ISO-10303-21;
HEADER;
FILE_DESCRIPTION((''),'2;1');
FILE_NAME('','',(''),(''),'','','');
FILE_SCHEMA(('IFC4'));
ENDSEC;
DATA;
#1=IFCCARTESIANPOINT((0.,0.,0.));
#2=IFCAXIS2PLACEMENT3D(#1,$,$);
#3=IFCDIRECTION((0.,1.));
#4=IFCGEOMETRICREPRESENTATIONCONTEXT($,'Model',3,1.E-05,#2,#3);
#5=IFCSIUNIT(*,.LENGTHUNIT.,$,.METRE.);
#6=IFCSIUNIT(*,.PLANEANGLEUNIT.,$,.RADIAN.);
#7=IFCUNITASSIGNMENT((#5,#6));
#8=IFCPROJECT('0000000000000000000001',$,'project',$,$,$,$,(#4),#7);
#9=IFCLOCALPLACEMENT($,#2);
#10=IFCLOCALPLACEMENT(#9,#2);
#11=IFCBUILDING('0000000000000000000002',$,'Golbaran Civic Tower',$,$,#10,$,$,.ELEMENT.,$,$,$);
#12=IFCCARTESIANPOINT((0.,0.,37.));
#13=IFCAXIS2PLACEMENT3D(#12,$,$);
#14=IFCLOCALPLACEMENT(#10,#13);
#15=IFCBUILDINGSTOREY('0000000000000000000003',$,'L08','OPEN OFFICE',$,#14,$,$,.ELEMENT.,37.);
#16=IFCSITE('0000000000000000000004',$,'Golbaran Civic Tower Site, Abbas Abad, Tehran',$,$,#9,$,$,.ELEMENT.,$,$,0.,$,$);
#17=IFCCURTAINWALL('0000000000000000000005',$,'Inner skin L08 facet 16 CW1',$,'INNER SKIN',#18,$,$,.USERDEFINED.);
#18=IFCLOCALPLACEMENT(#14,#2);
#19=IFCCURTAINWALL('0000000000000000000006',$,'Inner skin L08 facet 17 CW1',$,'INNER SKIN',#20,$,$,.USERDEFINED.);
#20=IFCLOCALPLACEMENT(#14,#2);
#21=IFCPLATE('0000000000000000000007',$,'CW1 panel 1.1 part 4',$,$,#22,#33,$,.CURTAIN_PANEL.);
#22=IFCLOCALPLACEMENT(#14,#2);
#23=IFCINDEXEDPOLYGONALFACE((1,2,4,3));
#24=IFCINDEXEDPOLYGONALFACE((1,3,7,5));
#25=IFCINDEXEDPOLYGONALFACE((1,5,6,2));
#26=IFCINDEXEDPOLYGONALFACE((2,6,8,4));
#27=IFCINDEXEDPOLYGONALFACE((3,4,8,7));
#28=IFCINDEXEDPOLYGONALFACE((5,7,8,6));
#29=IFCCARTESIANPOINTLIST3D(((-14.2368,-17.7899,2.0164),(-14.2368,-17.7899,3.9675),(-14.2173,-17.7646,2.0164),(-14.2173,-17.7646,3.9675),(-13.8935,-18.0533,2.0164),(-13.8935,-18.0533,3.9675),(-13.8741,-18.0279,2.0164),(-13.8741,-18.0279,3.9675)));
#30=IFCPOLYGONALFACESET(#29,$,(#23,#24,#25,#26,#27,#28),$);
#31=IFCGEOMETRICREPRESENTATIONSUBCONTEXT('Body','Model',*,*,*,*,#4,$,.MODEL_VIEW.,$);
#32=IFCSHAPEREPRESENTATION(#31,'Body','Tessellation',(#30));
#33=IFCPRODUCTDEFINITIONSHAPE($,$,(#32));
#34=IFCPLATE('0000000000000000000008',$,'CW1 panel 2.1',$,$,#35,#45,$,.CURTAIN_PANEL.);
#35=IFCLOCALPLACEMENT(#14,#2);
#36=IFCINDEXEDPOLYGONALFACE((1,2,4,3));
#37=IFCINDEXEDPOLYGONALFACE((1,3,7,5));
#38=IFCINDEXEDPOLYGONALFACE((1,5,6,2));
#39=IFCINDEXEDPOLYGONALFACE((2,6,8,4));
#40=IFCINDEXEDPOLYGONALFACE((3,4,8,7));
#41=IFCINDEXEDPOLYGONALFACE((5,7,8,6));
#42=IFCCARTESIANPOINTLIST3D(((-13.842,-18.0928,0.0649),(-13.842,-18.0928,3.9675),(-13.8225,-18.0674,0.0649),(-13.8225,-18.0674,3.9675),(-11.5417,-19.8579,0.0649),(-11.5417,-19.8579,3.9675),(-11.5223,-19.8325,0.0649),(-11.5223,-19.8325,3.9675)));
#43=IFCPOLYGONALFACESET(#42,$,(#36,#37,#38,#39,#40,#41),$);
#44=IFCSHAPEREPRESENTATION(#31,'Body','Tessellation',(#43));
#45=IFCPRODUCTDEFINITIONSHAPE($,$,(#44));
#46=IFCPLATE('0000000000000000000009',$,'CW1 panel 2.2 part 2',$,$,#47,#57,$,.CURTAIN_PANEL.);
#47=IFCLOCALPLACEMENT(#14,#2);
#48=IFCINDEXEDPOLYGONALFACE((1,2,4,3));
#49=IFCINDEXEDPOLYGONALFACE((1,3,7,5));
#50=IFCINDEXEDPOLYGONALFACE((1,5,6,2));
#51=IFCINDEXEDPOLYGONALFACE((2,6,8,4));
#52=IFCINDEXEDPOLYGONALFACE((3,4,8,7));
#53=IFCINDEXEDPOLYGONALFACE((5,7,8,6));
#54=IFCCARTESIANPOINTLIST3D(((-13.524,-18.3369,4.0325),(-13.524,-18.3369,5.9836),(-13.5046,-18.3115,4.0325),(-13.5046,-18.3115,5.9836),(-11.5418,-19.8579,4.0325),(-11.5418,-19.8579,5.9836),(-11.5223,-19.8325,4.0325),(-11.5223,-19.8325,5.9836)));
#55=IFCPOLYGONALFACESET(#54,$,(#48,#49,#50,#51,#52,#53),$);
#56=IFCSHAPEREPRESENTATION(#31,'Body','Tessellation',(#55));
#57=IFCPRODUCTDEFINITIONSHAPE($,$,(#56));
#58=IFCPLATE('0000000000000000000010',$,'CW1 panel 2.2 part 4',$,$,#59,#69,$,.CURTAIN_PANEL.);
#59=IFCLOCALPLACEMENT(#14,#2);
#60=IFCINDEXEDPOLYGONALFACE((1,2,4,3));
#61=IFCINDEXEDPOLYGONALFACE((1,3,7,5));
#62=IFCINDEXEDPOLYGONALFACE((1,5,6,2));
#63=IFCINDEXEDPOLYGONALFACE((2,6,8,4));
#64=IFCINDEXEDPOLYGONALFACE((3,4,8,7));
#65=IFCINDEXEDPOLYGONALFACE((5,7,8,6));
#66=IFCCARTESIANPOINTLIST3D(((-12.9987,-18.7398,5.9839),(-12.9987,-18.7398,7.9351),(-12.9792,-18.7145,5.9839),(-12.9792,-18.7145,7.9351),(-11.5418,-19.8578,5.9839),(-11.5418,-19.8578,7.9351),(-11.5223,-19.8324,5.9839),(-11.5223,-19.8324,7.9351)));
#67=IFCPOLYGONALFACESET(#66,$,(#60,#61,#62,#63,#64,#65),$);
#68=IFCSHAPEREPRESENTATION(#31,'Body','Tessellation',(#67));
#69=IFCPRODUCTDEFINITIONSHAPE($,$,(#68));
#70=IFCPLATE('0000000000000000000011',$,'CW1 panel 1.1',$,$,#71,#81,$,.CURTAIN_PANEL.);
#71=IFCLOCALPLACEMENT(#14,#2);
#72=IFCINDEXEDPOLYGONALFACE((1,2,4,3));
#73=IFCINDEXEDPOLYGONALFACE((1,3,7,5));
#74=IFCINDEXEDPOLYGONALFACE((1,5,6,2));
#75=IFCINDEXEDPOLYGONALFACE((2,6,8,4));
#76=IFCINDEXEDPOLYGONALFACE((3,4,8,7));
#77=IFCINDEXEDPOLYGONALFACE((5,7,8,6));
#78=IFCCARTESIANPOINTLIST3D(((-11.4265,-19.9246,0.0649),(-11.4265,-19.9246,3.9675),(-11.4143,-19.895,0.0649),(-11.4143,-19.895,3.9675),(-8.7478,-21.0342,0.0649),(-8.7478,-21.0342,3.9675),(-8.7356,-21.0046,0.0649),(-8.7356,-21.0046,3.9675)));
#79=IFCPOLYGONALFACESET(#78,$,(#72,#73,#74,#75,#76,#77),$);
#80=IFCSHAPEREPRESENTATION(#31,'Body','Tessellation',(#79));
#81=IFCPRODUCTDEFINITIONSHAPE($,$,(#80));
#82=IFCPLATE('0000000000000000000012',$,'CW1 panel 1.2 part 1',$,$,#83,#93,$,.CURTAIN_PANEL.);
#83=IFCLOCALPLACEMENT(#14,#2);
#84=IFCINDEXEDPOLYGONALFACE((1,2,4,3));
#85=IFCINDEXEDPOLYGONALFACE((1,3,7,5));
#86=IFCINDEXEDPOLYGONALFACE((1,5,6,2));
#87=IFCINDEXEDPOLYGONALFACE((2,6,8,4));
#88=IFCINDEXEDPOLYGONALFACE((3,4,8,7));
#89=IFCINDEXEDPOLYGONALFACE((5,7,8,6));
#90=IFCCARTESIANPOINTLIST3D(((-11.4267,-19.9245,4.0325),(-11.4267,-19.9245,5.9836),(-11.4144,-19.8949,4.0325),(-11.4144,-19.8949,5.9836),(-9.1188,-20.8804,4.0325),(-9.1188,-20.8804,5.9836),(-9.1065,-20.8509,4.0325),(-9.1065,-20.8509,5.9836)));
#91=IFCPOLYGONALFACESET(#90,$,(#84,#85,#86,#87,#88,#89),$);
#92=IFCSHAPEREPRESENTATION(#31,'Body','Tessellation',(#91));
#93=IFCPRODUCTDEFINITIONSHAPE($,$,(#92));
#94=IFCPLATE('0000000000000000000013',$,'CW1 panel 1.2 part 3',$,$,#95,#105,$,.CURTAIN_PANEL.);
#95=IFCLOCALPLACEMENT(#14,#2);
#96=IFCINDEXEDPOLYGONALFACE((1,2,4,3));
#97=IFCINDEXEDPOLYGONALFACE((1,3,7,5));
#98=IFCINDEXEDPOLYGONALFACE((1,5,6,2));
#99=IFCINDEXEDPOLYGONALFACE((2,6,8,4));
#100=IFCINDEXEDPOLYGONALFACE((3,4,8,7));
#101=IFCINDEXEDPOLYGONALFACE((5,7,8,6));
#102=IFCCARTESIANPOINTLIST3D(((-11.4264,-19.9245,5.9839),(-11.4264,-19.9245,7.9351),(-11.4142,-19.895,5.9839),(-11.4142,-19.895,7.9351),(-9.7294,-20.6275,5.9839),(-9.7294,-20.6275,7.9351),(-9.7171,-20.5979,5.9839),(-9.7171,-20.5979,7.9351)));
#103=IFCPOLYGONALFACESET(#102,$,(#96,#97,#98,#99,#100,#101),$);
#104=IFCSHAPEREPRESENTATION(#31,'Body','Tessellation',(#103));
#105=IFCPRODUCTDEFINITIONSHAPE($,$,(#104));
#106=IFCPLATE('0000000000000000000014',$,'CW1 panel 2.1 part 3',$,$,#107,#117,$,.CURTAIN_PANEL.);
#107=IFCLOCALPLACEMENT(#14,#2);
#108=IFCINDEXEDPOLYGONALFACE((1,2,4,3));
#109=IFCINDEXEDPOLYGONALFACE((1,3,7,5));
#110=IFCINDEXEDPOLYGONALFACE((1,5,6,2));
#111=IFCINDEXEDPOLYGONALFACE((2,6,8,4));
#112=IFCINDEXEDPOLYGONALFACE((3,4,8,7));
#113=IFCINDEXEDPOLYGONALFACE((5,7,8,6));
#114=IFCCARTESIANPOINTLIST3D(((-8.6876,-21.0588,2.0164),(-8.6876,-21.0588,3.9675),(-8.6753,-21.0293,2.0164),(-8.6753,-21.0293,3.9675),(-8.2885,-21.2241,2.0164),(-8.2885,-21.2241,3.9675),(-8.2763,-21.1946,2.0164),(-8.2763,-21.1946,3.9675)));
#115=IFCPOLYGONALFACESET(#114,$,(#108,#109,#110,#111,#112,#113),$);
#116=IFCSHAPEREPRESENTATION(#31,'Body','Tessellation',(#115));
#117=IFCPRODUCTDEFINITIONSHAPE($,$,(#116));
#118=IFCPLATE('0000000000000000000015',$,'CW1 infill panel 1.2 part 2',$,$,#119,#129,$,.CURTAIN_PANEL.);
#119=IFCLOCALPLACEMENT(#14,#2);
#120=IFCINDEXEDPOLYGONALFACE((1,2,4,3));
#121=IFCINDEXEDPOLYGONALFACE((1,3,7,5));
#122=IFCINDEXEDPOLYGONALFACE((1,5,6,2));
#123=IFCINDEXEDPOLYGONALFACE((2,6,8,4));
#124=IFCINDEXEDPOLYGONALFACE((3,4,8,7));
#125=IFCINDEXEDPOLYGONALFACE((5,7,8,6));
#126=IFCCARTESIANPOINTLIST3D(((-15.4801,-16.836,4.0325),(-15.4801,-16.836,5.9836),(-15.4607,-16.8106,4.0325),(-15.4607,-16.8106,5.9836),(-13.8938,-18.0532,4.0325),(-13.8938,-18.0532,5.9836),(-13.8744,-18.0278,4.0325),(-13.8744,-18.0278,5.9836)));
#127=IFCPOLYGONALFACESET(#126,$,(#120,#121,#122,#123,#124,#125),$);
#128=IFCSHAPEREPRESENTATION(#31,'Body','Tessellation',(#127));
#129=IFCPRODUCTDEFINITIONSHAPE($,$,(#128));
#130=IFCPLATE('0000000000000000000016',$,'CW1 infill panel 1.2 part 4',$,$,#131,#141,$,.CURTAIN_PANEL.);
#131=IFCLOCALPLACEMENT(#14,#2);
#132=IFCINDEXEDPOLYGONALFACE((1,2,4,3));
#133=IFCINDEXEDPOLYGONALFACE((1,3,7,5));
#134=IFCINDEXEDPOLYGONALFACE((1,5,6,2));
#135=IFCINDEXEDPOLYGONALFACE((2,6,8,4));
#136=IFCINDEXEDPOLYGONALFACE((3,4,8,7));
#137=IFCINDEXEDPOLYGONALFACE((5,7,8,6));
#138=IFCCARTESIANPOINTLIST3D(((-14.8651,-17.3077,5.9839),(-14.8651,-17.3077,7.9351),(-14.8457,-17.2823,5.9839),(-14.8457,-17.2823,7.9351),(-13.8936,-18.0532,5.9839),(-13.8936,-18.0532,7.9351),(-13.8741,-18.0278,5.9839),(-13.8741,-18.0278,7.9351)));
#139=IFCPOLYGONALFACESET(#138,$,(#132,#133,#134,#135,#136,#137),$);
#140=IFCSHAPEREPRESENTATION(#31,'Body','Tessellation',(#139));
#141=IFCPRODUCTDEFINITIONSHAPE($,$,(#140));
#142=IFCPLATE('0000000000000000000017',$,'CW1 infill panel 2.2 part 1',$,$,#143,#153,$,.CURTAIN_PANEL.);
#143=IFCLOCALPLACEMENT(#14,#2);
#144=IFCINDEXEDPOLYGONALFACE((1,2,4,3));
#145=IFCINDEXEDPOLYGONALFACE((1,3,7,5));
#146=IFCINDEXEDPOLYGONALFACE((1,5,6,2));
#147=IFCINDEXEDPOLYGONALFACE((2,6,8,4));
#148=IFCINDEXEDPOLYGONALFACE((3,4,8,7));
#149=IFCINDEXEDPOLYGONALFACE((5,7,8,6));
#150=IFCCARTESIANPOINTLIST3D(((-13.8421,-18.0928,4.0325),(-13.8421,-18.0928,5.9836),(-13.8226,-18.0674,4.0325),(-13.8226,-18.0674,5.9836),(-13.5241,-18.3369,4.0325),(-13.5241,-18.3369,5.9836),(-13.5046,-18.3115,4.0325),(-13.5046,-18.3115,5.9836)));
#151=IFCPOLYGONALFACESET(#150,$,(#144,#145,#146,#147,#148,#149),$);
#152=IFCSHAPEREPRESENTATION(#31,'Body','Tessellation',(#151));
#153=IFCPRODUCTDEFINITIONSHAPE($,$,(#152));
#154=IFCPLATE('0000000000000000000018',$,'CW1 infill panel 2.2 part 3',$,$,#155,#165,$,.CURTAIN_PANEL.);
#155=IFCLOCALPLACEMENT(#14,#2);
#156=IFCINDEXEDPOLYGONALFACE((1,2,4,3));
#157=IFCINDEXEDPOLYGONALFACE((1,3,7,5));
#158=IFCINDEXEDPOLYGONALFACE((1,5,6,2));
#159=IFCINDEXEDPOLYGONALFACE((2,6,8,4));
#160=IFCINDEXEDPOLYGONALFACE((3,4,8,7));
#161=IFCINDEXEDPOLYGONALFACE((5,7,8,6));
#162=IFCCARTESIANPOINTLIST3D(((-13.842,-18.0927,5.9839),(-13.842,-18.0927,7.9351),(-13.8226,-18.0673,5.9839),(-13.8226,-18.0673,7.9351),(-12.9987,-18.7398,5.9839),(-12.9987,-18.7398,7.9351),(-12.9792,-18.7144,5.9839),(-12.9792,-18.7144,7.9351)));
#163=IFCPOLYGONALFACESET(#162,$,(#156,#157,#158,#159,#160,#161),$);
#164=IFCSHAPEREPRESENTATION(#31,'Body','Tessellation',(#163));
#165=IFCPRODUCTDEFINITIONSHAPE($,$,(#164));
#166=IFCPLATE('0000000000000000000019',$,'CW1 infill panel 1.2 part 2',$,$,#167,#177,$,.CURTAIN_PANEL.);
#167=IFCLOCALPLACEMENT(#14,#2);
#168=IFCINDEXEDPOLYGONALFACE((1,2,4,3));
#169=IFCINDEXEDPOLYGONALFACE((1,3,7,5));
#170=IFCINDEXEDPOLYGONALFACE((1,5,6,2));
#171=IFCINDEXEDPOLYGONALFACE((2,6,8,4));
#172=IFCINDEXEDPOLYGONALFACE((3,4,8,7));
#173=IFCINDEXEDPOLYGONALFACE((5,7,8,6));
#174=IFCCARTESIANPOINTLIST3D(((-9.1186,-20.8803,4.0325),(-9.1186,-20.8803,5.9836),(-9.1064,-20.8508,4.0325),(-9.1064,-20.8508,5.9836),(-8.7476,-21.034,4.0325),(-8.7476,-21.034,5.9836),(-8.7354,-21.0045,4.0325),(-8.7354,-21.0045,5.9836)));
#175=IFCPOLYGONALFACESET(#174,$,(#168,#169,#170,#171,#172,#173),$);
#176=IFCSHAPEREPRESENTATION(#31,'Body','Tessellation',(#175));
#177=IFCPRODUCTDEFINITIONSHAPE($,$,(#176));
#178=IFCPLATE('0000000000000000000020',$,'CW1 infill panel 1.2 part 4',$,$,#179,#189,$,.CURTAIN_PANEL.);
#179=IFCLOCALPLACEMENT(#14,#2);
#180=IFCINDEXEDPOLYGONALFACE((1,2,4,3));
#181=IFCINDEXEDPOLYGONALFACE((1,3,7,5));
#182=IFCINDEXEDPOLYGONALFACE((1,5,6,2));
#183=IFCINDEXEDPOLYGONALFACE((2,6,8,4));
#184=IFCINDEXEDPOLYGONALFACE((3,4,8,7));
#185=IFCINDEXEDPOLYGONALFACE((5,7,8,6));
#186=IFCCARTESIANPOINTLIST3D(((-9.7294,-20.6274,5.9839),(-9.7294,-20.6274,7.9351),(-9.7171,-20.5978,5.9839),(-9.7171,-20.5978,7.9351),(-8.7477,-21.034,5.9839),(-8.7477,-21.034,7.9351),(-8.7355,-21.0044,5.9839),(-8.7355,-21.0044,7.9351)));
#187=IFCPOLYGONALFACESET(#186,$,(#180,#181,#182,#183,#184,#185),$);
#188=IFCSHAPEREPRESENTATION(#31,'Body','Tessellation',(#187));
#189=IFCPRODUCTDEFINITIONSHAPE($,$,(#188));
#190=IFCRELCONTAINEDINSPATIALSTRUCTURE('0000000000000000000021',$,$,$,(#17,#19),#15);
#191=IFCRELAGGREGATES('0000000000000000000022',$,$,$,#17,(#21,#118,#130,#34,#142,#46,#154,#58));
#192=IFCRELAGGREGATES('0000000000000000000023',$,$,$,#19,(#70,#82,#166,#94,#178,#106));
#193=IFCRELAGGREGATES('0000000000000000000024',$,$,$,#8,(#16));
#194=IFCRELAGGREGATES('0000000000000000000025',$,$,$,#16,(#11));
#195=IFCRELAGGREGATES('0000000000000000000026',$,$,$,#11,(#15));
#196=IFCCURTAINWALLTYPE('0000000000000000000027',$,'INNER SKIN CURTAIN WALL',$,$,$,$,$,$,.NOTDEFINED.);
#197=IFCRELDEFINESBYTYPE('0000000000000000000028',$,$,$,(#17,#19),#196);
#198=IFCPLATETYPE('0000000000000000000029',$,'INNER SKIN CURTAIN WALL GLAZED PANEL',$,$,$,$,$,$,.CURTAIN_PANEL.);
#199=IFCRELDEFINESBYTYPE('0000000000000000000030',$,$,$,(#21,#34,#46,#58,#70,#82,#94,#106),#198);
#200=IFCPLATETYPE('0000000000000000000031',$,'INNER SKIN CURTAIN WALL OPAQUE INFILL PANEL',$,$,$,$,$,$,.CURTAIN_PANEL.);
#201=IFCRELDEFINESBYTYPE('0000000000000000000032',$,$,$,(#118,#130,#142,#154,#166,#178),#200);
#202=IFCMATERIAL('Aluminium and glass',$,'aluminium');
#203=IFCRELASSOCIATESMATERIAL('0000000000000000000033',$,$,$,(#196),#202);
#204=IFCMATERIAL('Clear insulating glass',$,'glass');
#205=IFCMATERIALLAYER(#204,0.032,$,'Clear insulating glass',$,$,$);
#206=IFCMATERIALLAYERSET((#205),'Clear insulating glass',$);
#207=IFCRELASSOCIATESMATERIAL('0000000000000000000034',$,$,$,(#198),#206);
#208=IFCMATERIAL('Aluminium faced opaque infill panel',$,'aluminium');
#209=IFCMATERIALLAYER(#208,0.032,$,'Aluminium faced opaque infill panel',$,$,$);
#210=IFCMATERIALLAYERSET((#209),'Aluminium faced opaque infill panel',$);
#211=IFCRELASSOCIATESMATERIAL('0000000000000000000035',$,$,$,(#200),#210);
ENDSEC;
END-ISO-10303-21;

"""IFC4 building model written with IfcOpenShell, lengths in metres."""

from ifc_helpers import new_model, si_unit, direction, frame, origin, origin_2d, place, context, subcontext, project, spatial, rectangle, extrude, material, layer, layer_set, type_object, element, aggregate, save


model = new_model("IFC4")

# Units and contexts
model_context = context("Model", 3, precision=1e-05, world=origin(), true_north=direction((0.0, 1.0)))
body_context = subcontext(model_context, "Body", "Model", "MODEL_VIEW")
ifc_project = project(units=[si_unit("LENGTHUNIT", "METRE"), si_unit("PLANEANGLEUNIT", "RADIAN")], contexts=[model_context])

# Site, building, storey
site_placement = place(None, origin())
site = spatial("IfcSite", under=ifc_project, at=site_placement, Name="Golbaran Civic Tower Site, Abbas Abad, Tehran", CompositionType="ELEMENT", RefElevation=0.0)
building_placement = place(site_placement, origin())
building = spatial("IfcBuilding", under=site, at=building_placement, Name="Golbaran Civic Tower", CompositionType="ELEMENT")
storey_placement = place(building_placement, frame((0.0, 0.0, 37.0)))
storey = spatial("IfcBuildingStorey", under=building, at=storey_placement, Name="L08", Description="OPEN OFFICE", CompositionType="ELEMENT", Elevation=37.0)

# Curtain walls
ifc_material_1 = material(Name="Aluminium and glass", Category="aluminium")
curtain_wall_type_1 = type_object("IfcCurtainWallType", Name="INNER SKIN CURTAIN WALL", PredefinedType="NOTDEFINED", material=ifc_material_1)
curtain_wall_1_placement = place(storey_placement, origin())
curtain_wall_1 = element("IfcCurtainWall", 1, at=curtain_wall_1_placement, inside=storey, type_object=curtain_wall_type_1, Name="Inner skin L08 facet 16 CW1", ObjectType="INNER SKIN", PredefinedType="USERDEFINED")
curtain_wall_2_placement = place(storey_placement, origin())
curtain_wall_2 = element("IfcCurtainWall", 2, at=curtain_wall_2_placement, inside=storey, type_object=curtain_wall_type_1, Name="Inner skin L08 facet 17 CW1", ObjectType="INNER SKIN", PredefinedType="USERDEFINED")

# Plates
ifc_material_2 = material(Name="Clear insulating glass", Category="glass")
ifc_layer_1 = layer(ifc_material_2, 0.032, Name="Clear insulating glass")
ifc_layer_set_1 = layer_set([ifc_layer_1], Name="Clear insulating glass")
plate_type_1 = type_object("IfcPlateType", Name="INNER SKIN CURTAIN WALL GLAZED PANEL", PredefinedType="CURTAIN_PANEL", material=ifc_layer_set_1)
plate_1_placement = place(storey_placement, frame((-14.0554, -17.9089, 2.0164), z_axis=(0.0, 0.0, 1.0), x_axis=(0.793353, -0.608761, 0.0)))
plate_1 = element("IfcPlate", 3, at=plate_1_placement, type_object=plate_type_1, Name="CW1 panel 1.1 part 4", PredefinedType="CURTAIN_PANEL", context=body_context, shape_type="SweptSolid", body=[
    extrude(rectangle(XDim=0.4326, YDim=0.032, at=origin_2d()), origin(), (0.0, 0.0, 1.0), 1.9512),
])
plate_2_placement = place(storey_placement, frame((-12.6821, -18.9626, 0.0649), z_axis=(0.0, 0.0, 1.0), x_axis=(0.793353, -0.608761, 0.0)))
plate_2 = element("IfcPlate", 4, at=plate_2_placement, type_object=plate_type_1, Name="CW1 panel 2.1", PredefinedType="CURTAIN_PANEL", context=body_context, shape_type="SweptSolid", body=[
    extrude(rectangle(XDim=2.8994, YDim=0.032, at=origin_2d()), origin(), (0.0, 0.0, 1.0), 3.9026),
])
plate_3_placement = place(storey_placement, frame((-12.5232, -19.0847, 4.0325), z_axis=(0.0, 0.0, 1.0), x_axis=(0.793353, -0.608761, 0.0)))
plate_3 = element("IfcPlate", 5, at=plate_3_placement, type_object=plate_type_1, Name="CW1 panel 2.2 part 2", PredefinedType="CURTAIN_PANEL", context=body_context, shape_type="SweptSolid", body=[
    extrude(rectangle(XDim=2.4985, YDim=0.032, at=origin_2d()), origin(), (0.0, 0.0, 1.0), 1.9512),
])
plate_4_placement = place(storey_placement, frame((-12.2605, -19.2861, 5.9839), z_axis=(0.0, 0.0, 1.0), x_axis=(0.793353, -0.608761, 0.0)))
plate_4 = element("IfcPlate", 6, at=plate_4_placement, type_object=plate_type_1, Name="CW1 panel 2.2 part 4", PredefinedType="CURTAIN_PANEL", context=body_context, shape_type="SweptSolid", body=[
    extrude(rectangle(XDim=1.8364, YDim=0.032, at=origin_2d()), origin(), (0.0, 0.0, 1.0), 1.9512),
])
plate_5_placement = place(storey_placement, frame((-10.0811, -20.4646, 0.0649), z_axis=(0.0, 0.0, 1.0), x_axis=(0.92388, -0.382683, 0.0)))
plate_5 = element("IfcPlate", 7, at=plate_5_placement, type_object=plate_type_1, Name="CW1 panel 1.1", PredefinedType="CURTAIN_PANEL", context=body_context, shape_type="SweptSolid", body=[
    extrude(rectangle(XDim=2.8994, YDim=0.032, at=origin_2d()), origin(), (0.0, 0.0, 1.0), 3.9026),
])
plate_6_placement = place(storey_placement, frame((-10.2666, -20.3877, 4.0325), z_axis=(0.0, 0.0, 1.0), x_axis=(0.92388, -0.382683, 0.0)))
plate_6 = element("IfcPlate", 8, at=plate_6_placement, type_object=plate_type_1, Name="CW1 panel 1.2 part 1", PredefinedType="CURTAIN_PANEL", context=body_context, shape_type="SweptSolid", body=[
    extrude(rectangle(XDim=2.498, YDim=0.032, at=origin_2d()), origin(), (0.0, 0.0, 1.0), 1.9512),
])
plate_7_placement = place(storey_placement, frame((-10.5718, -20.2612, 5.9839), z_axis=(0.0, 0.0, 1.0), x_axis=(0.92388, -0.382683, 0.0)))
plate_7 = element("IfcPlate", 9, at=plate_7_placement, type_object=plate_type_1, Name="CW1 panel 1.2 part 3", PredefinedType="CURTAIN_PANEL", context=body_context, shape_type="SweptSolid", body=[
    extrude(rectangle(XDim=1.8369, YDim=0.032, at=origin_2d()), origin(), (0.0, 0.0, 1.0), 1.9512),
])
plate_8_placement = place(storey_placement, frame((-8.4819, -21.1267, 2.0164), z_axis=(0.0, 0.0, 1.0), x_axis=(0.92388, -0.382683, 0.0)))
plate_8 = element("IfcPlate", 10, at=plate_8_placement, type_object=plate_type_1, Name="CW1 panel 2.1 part 3", PredefinedType="CURTAIN_PANEL", context=body_context, shape_type="SweptSolid", body=[
    extrude(rectangle(XDim=0.4319, YDim=0.032, at=origin_2d()), origin(), (0.0, 0.0, 1.0), 1.9512),
])
ifc_material_3 = material(Name="Aluminium faced opaque infill panel", Category="aluminium")
ifc_layer_2 = layer(ifc_material_3, 0.032, Name="Aluminium faced opaque infill panel")
ifc_layer_set_2 = layer_set([ifc_layer_2], Name="Aluminium faced opaque infill panel")
plate_type_2 = type_object("IfcPlateType", Name="INNER SKIN CURTAIN WALL OPAQUE INFILL PANEL", PredefinedType="CURTAIN_PANEL", material=ifc_layer_set_2)
plate_9_placement = place(storey_placement, frame((-14.6772, -17.4319, 4.0325), z_axis=(0.0, 0.0, 1.0), x_axis=(0.793353, -0.608761, 0.0)))
plate_9 = element("IfcPlate", 11, at=plate_9_placement, type_object=plate_type_2, Name="CW1 infill panel 1.2 part 2", PredefinedType="CURTAIN_PANEL", context=body_context, shape_type="SweptSolid", body=[
    extrude(rectangle(XDim=1.9995, YDim=0.032, at=origin_2d()), origin(), (0.0, 0.0, 1.0), 1.9512),
])
plate_10_placement = place(storey_placement, frame((-14.3696, -17.6677, 5.9839), z_axis=(0.0, 0.0, 1.0), x_axis=(0.793353, -0.608761, 0.0)))
plate_10 = element("IfcPlate", 12, at=plate_10_placement, type_object=plate_type_2, Name="CW1 infill panel 1.2 part 4", PredefinedType="CURTAIN_PANEL", context=body_context, shape_type="SweptSolid", body=[
    extrude(rectangle(XDim=1.2246, YDim=0.032, at=origin_2d()), origin(), (0.0, 0.0, 1.0), 1.9512),
])
plate_11_placement = place(storey_placement, frame((-13.6733, -18.2021, 4.0325), z_axis=(0.0, 0.0, 1.0), x_axis=(0.793353, -0.608761, 0.0)))
plate_11 = element("IfcPlate", 13, at=plate_11_placement, type_object=plate_type_2, Name="CW1 infill panel 2.2 part 1", PredefinedType="CURTAIN_PANEL", context=body_context, shape_type="SweptSolid", body=[
    extrude(rectangle(XDim=0.4009, YDim=0.032, at=origin_2d()), origin(), (0.0, 0.0, 1.0), 1.9512),
])
plate_12_placement = place(storey_placement, frame((-13.4106, -18.4036, 5.9839), z_axis=(0.0, 0.0, 1.0), x_axis=(0.793353, -0.608761, 0.0)))
plate_12 = element("IfcPlate", 14, at=plate_12_placement, type_object=plate_type_2, Name="CW1 infill panel 2.2 part 3", PredefinedType="CURTAIN_PANEL", context=body_context, shape_type="SweptSolid", body=[
    extrude(rectangle(XDim=1.063, YDim=0.032, at=origin_2d()), origin(), (0.0, 0.0, 1.0), 1.9512),
])
aggregate(curtain_wall_1, [plate_1, plate_9, plate_10, plate_2, plate_11, plate_3, plate_12, plate_4])
plate_13_placement = place(storey_placement, frame((-8.927, -20.9424, 4.0325), z_axis=(0.0, 0.0, 1.0), x_axis=(0.92388, -0.382683, 0.0)))
plate_13 = element("IfcPlate", 15, at=plate_13_placement, type_object=plate_type_2, Name="CW1 infill panel 1.2 part 2", PredefinedType="CURTAIN_PANEL", context=body_context, shape_type="SweptSolid", body=[
    extrude(rectangle(XDim=0.4016, YDim=0.032, at=origin_2d()), origin(), (0.0, 0.0, 1.0), 1.9512),
])
plate_14_placement = place(storey_placement, frame((-9.2324, -20.8159, 5.9839), z_axis=(0.0, 0.0, 1.0), x_axis=(0.92388, -0.382683, 0.0)))
plate_14 = element("IfcPlate", 16, at=plate_14_placement, type_object=plate_type_2, Name="CW1 infill panel 1.2 part 4", PredefinedType="CURTAIN_PANEL", context=body_context, shape_type="SweptSolid", body=[
    extrude(rectangle(XDim=1.0625, YDim=0.032, at=origin_2d()), origin(), (0.0, 0.0, 1.0), 1.9512),
])
aggregate(curtain_wall_2, [plate_5, plate_6, plate_13, plate_7, plate_14, plate_8])

save(model, "model.ifc")
